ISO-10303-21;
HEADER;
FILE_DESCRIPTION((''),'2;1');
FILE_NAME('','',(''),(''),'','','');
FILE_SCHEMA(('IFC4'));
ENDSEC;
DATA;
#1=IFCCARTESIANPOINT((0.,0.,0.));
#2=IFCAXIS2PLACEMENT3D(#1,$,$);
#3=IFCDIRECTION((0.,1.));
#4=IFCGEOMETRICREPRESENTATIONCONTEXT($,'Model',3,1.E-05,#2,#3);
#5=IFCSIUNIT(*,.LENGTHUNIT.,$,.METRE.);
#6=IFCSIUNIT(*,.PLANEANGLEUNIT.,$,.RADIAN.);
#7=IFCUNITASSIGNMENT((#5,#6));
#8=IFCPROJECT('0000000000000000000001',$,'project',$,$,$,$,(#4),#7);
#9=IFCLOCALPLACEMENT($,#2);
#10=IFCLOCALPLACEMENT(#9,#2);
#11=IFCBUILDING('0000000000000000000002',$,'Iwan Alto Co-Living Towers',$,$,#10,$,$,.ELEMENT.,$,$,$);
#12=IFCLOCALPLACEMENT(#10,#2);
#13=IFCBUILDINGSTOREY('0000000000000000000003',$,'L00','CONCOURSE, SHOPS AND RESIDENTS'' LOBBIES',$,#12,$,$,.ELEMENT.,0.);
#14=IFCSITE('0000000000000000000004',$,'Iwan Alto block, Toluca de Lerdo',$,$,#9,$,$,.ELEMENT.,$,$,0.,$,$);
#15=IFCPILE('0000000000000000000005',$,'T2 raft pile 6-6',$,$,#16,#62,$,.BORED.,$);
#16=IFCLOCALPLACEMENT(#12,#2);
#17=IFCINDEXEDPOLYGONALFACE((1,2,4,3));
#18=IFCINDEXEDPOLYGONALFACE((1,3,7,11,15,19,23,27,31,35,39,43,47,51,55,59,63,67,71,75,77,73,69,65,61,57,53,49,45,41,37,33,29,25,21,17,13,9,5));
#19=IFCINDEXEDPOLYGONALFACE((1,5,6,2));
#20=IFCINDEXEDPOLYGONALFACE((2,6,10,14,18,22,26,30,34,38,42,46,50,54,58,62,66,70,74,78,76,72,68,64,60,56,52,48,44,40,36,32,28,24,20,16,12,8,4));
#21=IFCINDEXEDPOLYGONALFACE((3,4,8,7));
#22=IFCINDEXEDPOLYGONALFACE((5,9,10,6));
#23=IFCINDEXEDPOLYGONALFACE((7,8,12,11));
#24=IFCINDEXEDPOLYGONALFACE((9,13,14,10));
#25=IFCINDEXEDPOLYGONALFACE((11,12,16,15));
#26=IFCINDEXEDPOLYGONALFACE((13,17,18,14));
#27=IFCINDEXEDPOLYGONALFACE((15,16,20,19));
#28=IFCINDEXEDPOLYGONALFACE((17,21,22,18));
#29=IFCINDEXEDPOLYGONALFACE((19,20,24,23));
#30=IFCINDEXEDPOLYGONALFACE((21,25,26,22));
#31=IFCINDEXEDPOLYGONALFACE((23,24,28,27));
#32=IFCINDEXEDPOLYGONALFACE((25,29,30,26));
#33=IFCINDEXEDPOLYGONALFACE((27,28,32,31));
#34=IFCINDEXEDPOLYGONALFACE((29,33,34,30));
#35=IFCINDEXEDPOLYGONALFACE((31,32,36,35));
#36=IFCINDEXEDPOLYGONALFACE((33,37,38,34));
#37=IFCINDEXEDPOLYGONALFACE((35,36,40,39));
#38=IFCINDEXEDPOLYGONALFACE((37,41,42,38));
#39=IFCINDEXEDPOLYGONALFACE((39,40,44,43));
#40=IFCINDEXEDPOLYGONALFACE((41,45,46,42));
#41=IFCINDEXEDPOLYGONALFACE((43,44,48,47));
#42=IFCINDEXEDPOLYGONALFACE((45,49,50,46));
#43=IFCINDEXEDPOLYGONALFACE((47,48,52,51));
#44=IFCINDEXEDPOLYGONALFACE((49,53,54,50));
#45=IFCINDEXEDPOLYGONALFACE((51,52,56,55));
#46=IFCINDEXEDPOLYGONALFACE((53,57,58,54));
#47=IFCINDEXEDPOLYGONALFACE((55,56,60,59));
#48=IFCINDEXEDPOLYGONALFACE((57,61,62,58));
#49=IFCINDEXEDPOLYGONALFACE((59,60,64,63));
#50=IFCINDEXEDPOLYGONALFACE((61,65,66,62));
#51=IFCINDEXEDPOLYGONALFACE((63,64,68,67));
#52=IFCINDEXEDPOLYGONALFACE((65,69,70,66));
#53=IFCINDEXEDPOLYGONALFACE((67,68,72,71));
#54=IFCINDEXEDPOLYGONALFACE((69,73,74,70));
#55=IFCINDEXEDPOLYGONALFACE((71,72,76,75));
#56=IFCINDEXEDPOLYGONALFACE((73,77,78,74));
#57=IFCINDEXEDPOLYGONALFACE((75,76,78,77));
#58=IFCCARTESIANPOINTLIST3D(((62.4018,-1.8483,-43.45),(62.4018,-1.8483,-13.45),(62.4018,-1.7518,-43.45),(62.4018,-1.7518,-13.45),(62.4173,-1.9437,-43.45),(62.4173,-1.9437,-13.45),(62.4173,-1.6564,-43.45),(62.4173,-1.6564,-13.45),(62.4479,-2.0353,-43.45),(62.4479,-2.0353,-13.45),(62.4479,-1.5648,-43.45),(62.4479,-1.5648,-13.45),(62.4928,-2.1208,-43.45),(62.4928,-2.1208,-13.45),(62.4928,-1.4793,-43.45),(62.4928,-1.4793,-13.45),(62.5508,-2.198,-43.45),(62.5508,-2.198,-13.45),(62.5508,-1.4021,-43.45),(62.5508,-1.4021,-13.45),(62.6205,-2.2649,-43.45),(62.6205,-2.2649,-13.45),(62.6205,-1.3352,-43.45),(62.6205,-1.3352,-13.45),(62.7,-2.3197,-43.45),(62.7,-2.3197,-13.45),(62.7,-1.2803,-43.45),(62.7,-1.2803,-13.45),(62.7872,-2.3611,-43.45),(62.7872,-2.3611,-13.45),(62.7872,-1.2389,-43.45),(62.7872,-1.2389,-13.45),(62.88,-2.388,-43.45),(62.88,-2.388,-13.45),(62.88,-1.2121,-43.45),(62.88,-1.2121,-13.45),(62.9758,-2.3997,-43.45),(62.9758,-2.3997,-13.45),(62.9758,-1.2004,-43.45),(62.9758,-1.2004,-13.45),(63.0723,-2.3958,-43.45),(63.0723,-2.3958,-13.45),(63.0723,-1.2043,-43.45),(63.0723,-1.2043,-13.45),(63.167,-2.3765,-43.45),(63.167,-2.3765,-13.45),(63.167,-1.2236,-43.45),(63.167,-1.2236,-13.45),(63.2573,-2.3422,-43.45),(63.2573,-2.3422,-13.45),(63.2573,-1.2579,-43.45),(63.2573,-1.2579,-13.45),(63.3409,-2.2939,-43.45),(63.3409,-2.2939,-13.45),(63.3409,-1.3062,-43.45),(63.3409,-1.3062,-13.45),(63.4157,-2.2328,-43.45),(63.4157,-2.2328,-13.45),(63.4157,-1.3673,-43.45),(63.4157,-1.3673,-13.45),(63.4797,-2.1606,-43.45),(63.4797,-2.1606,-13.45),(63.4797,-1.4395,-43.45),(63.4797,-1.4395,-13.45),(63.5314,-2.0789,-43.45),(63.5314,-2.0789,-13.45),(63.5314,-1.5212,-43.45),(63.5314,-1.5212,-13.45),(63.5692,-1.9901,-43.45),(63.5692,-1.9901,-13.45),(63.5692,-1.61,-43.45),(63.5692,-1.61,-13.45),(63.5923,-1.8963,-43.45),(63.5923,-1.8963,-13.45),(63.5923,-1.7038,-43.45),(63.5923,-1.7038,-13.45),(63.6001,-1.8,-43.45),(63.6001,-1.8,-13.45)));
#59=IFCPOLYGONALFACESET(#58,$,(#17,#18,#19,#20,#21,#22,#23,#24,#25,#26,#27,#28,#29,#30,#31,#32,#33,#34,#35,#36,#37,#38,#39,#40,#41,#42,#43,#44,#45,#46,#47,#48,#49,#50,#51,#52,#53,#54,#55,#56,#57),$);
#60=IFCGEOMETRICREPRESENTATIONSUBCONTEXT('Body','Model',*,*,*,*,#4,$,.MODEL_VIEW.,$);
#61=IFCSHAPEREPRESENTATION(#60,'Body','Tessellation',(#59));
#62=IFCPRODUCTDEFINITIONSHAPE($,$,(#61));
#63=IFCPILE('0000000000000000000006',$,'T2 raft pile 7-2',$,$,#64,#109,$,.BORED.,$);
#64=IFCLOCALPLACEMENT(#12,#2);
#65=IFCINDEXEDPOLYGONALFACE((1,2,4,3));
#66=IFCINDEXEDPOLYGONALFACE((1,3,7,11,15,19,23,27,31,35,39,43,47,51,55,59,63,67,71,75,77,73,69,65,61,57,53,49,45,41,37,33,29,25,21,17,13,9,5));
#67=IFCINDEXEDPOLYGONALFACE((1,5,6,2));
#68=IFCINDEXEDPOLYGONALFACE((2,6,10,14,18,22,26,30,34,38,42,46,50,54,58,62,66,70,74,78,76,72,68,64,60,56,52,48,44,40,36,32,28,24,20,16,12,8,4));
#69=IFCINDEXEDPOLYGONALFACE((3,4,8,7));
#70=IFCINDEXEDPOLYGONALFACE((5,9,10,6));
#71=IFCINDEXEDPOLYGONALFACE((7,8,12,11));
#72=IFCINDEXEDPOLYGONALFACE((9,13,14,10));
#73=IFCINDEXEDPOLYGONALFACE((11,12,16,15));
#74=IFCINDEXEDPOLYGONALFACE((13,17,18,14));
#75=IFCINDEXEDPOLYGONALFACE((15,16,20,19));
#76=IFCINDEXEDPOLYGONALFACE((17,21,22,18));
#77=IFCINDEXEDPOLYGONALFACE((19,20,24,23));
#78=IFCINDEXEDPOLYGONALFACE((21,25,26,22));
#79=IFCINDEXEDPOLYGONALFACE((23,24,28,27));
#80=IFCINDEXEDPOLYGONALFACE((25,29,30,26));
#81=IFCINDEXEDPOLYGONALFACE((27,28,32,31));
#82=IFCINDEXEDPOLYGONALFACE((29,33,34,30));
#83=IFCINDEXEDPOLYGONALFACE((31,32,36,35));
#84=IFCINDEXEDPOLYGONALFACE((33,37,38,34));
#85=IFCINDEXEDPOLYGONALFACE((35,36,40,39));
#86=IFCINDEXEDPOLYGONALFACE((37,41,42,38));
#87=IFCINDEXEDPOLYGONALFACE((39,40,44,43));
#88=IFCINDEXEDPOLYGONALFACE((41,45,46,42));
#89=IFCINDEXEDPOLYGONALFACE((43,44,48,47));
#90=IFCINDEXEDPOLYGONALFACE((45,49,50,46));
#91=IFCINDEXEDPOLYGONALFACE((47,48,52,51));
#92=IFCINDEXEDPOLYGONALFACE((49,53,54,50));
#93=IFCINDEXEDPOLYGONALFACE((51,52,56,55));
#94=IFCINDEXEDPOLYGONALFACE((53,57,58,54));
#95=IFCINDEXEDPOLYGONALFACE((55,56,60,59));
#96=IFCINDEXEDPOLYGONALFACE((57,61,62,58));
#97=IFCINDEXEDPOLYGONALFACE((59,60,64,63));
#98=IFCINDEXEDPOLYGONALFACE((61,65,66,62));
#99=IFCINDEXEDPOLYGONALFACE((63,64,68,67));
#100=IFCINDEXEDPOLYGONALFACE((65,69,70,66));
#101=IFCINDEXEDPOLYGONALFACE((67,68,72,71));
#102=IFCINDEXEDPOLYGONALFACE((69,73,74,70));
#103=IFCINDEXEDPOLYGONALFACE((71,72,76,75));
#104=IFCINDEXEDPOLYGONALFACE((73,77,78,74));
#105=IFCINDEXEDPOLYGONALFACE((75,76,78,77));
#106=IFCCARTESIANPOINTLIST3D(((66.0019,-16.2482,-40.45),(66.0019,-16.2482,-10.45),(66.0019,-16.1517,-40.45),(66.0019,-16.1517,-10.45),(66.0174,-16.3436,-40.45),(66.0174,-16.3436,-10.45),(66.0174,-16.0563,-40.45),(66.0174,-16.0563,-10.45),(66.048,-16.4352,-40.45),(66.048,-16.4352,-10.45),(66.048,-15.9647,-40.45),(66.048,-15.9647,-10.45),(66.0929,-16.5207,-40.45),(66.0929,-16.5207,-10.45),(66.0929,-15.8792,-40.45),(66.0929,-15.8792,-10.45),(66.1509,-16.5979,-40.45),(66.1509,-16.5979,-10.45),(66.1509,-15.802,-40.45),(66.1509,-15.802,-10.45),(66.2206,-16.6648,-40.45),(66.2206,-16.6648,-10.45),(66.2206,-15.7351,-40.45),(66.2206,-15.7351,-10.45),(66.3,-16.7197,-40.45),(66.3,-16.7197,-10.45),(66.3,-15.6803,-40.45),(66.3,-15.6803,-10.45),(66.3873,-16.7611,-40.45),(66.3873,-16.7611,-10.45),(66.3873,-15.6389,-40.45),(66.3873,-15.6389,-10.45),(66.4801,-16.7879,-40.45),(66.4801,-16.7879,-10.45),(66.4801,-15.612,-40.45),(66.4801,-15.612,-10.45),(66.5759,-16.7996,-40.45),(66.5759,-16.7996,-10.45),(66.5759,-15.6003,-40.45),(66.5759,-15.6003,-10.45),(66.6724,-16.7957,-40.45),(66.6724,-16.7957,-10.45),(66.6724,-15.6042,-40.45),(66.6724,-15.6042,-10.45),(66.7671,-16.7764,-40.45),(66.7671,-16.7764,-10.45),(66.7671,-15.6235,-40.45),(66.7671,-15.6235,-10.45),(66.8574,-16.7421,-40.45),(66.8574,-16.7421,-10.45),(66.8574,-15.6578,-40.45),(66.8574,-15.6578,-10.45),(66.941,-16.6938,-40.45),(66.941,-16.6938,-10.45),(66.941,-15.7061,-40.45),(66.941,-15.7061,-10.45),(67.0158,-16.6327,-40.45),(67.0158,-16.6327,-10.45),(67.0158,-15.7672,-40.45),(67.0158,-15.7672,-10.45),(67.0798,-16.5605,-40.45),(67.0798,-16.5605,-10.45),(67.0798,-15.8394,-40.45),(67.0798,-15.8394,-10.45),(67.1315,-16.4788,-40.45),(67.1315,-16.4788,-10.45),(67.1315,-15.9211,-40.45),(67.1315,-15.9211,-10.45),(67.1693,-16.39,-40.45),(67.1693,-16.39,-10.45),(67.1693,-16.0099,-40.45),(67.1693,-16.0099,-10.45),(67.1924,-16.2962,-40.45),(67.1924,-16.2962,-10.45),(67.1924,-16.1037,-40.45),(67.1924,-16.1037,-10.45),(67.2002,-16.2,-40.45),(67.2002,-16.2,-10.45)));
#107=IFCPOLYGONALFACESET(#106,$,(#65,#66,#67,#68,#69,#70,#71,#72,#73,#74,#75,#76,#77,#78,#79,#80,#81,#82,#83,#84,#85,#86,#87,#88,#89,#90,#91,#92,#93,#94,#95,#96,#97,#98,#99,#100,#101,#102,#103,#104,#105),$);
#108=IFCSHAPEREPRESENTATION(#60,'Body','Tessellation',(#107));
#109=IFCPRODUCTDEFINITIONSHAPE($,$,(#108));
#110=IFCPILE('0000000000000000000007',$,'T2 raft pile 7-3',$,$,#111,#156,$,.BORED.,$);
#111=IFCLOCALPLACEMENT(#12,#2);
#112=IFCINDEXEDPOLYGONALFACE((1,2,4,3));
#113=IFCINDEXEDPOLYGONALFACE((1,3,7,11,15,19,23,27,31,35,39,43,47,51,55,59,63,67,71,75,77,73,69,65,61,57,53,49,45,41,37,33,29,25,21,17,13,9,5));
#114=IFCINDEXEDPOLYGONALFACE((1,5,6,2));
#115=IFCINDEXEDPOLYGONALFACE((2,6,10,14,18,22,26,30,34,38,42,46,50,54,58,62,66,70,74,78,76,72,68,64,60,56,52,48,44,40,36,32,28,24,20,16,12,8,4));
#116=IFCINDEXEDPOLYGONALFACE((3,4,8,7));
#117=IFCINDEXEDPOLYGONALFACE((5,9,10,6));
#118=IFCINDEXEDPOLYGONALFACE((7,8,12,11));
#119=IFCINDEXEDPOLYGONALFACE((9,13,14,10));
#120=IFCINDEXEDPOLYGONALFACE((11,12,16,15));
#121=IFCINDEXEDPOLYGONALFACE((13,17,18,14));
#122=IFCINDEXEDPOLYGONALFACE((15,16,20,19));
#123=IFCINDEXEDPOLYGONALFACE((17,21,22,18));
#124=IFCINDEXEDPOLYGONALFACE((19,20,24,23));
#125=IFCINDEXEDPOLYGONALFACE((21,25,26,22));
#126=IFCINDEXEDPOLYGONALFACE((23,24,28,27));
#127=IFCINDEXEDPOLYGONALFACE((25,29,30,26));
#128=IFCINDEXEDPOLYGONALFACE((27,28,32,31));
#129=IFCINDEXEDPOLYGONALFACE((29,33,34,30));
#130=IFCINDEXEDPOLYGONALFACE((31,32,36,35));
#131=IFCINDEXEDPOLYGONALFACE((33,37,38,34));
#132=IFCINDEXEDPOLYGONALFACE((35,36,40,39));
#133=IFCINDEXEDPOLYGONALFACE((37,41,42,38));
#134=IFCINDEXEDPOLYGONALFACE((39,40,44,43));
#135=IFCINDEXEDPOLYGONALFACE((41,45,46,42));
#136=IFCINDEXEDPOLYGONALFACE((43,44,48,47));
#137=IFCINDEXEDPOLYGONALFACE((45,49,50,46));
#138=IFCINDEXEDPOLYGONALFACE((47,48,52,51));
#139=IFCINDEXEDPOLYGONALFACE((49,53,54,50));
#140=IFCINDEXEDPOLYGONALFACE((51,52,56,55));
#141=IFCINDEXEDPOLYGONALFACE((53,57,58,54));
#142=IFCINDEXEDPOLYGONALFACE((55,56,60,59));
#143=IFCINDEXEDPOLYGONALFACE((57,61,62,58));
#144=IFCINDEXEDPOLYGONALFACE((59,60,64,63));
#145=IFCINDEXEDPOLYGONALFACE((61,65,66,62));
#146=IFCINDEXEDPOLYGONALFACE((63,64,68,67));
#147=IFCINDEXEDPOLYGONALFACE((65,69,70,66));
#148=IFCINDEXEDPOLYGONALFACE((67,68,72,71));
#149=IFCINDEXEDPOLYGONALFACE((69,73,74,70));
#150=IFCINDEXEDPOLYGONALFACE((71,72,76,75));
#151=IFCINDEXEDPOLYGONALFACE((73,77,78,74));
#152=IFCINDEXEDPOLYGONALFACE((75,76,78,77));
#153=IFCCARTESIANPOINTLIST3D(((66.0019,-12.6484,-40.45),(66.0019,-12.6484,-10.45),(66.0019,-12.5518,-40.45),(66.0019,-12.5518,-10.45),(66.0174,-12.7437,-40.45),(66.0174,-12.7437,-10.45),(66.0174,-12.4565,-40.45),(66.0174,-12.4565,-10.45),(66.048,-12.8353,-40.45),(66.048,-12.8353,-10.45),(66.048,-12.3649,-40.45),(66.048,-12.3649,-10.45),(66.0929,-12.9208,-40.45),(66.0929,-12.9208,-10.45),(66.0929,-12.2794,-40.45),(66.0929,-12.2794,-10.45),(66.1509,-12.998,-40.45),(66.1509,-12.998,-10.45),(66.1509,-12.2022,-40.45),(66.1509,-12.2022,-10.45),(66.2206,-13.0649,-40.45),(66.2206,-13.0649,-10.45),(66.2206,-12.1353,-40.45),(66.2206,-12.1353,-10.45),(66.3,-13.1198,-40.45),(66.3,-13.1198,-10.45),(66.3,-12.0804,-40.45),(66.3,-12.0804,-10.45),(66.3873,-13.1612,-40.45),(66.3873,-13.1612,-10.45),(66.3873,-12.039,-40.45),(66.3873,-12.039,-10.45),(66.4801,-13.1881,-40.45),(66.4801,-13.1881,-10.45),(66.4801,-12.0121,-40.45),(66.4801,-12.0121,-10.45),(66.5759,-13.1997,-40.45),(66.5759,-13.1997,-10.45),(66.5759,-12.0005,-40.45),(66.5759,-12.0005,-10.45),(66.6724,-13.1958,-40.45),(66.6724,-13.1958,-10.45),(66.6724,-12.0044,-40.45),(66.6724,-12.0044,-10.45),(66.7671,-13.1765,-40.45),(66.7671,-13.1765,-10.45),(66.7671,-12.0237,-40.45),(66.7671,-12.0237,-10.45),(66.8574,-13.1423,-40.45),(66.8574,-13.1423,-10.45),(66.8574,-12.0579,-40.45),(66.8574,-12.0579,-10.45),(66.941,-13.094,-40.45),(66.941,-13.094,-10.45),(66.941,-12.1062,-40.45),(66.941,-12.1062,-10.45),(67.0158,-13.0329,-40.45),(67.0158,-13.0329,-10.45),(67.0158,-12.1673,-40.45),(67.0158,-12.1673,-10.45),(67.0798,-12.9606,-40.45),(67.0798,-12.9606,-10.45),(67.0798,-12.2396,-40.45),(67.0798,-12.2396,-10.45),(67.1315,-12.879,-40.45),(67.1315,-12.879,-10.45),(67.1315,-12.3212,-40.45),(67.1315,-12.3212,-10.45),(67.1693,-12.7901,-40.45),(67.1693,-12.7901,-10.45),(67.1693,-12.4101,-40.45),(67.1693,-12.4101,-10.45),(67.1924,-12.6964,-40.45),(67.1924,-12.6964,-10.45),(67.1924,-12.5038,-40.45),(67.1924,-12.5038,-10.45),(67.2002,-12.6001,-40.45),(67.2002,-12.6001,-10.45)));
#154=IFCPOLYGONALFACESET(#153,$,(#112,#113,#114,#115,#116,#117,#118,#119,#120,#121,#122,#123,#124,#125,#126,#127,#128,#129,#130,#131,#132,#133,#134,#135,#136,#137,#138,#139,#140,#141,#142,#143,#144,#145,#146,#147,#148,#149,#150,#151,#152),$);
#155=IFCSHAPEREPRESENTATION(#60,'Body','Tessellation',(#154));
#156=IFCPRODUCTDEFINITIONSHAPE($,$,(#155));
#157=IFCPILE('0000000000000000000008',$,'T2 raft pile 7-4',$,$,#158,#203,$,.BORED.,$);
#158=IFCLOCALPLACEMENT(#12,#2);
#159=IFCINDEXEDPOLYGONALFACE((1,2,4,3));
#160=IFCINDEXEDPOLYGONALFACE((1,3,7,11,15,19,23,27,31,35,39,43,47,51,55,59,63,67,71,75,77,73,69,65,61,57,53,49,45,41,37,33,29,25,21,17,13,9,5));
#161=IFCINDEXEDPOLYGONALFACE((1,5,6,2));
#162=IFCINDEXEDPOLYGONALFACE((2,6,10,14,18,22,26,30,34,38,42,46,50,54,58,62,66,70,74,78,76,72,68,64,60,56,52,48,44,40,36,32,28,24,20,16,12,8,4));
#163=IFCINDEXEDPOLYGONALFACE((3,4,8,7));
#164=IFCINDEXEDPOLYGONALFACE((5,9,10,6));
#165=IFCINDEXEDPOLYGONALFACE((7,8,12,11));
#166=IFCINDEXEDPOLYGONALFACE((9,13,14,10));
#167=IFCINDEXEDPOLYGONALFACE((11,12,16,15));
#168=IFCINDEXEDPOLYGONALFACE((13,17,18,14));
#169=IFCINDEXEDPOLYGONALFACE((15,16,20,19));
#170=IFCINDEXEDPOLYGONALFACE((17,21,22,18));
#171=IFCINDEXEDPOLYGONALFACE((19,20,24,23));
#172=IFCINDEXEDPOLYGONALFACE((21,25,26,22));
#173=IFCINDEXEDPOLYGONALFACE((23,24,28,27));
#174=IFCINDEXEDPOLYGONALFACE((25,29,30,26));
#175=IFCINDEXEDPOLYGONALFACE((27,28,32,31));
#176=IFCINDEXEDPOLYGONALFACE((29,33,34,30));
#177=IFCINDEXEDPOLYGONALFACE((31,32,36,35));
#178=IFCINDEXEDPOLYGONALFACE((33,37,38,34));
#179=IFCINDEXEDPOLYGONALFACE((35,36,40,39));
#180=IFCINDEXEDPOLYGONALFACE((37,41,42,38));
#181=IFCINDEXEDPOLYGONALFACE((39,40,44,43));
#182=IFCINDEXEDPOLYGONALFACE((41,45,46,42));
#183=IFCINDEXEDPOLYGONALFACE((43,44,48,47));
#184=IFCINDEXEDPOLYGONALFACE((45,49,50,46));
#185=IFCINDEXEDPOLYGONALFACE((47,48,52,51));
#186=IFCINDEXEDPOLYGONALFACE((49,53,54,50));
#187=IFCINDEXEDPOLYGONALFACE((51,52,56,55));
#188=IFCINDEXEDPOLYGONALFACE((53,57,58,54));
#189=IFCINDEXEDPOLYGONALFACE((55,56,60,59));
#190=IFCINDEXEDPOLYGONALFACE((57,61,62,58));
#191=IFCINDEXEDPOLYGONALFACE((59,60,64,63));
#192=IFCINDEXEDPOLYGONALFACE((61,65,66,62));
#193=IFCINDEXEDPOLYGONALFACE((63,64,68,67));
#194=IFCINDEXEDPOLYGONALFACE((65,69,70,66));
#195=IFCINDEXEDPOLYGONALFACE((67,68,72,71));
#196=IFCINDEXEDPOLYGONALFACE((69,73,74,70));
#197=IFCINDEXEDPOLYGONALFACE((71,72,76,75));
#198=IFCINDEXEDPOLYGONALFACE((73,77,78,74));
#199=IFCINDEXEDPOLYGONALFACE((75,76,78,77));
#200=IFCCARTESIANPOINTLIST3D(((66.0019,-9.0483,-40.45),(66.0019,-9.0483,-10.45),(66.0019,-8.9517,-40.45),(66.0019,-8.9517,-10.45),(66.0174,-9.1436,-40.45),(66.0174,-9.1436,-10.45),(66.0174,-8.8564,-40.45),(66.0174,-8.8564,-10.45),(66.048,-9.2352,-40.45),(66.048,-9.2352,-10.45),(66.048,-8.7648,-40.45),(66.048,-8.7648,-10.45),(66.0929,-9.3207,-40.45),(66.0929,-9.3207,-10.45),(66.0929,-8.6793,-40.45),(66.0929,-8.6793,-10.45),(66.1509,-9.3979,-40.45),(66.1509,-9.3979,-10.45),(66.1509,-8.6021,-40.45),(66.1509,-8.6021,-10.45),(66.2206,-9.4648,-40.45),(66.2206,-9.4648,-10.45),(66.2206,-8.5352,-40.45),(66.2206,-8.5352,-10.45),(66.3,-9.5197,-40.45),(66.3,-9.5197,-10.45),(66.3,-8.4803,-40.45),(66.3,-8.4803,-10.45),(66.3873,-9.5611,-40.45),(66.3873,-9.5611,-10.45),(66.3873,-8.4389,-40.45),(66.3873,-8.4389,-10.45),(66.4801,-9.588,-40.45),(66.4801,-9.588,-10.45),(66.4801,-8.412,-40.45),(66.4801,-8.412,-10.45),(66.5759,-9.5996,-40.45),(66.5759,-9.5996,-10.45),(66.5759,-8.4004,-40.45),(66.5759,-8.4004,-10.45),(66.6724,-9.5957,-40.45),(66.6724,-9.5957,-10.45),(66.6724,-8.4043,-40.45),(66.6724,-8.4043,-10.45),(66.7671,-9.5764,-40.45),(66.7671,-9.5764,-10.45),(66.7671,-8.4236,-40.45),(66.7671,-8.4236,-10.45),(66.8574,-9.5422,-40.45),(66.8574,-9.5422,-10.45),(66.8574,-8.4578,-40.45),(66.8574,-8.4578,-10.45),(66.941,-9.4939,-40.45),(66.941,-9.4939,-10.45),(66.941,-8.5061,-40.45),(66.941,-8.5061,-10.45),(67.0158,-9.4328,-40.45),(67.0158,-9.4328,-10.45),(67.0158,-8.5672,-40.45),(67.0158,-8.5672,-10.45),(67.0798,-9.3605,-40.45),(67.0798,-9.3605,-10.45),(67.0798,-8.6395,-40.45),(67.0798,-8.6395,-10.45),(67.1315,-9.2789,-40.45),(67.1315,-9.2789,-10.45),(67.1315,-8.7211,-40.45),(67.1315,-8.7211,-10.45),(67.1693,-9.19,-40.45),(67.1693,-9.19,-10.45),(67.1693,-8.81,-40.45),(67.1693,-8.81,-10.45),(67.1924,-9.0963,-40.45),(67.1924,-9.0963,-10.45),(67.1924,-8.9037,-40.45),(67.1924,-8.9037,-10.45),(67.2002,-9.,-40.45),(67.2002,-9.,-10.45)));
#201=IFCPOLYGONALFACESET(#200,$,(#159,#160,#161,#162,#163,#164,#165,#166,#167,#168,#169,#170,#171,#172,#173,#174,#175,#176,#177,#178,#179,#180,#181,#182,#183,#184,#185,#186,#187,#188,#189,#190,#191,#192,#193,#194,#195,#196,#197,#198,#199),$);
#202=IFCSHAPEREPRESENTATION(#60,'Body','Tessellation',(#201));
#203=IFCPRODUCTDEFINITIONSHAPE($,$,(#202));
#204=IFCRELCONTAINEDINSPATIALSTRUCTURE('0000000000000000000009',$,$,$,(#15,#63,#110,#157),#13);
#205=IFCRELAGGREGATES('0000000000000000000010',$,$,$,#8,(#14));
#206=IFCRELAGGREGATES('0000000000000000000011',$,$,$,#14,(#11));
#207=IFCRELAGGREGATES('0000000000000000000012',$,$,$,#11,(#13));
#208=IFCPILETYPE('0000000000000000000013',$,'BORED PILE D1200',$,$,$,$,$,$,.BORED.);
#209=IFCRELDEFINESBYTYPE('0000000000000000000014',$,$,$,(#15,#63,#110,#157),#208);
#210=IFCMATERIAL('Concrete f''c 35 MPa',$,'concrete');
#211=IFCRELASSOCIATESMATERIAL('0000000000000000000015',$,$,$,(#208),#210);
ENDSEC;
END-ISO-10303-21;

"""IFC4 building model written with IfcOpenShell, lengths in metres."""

from ifc_helpers import new_model, si_unit, direction, frame, origin, origin_2d, place, context, subcontext, project, spatial, circle, extrude, material, material_profile, profile_set, type_object, element, save


model = new_model("IFC4")

# Units and contexts
model_context = context("Model", 3, precision=1e-05, world=origin(), true_north=direction((0.0, 1.0)))
body_context = subcontext(model_context, "Body", "Model", "MODEL_VIEW")
ifc_project = project(units=[si_unit("LENGTHUNIT", "METRE"), si_unit("PLANEANGLEUNIT", "RADIAN")], contexts=[model_context])

# Site, building, storey
site_placement = place(None, origin())
site = spatial("IfcSite", under=ifc_project, at=site_placement, Name="Iwan Alto block, Toluca de Lerdo", CompositionType="ELEMENT", RefElevation=0.0)
building_placement = place(site_placement, origin())
building = spatial("IfcBuilding", under=site, at=building_placement, Name="Iwan Alto Co-Living Towers", CompositionType="ELEMENT")
storey_placement = place(building_placement, origin())
storey = spatial("IfcBuildingStorey", under=building, at=storey_placement, Name="L00", Description="CONCOURSE, SHOPS AND RESIDENTS' LOBBIES", CompositionType="ELEMENT", Elevation=0.0)

# Piles
ifc_material_1 = material(Name="Concrete f'c 35 MPa", Category="concrete")
ifc_material_profile = material_profile(ifc_material_1, circle(Radius=0.6001, at=origin_2d()), Name="D1200")
ifc_profile_set = profile_set([ifc_material_profile], Name="Concrete f'c 35 MPa")
pile_type = type_object("IfcPileType", Name="BORED PILE D1200", PredefinedType="BORED", material=ifc_profile_set)
for number, where, z_axis, x_axis, name in (
    (1, (63.0, -1.8, -13.45), (0.0, 0.0, -1.0), (1.0, 0.0, 0.0), "T2 raft pile 6-6"),
    (2, (66.6001, -16.2, -10.45), (0.0, 0.0, -1.0), (1.0, 0.0, 0.0), "T2 raft pile 7-2"),
    (3, (66.6001, -12.6001, -10.45), (0.0, 0.0, -1.0), (1.0, 0.0, 0.0), "T2 raft pile 7-3"),
    (4, (66.6001, -9.0, -10.45), (0.0, 0.0, -1.0), (1.0, 0.0, 0.0), "T2 raft pile 7-4"),
):
    element("IfcPile", number, at=place(storey_placement, frame(where, z_axis=z_axis, x_axis=x_axis)), inside=storey, type_object=pile_type, Name=name, PredefinedType="BORED", context=body_context, shape_type="SweptSolid", body=[
        extrude(circle(Radius=0.6001, at=origin_2d()), origin(), (0.0, 0.0, 1.0), 30.0),
    ])

save(model, "model.ifc")
